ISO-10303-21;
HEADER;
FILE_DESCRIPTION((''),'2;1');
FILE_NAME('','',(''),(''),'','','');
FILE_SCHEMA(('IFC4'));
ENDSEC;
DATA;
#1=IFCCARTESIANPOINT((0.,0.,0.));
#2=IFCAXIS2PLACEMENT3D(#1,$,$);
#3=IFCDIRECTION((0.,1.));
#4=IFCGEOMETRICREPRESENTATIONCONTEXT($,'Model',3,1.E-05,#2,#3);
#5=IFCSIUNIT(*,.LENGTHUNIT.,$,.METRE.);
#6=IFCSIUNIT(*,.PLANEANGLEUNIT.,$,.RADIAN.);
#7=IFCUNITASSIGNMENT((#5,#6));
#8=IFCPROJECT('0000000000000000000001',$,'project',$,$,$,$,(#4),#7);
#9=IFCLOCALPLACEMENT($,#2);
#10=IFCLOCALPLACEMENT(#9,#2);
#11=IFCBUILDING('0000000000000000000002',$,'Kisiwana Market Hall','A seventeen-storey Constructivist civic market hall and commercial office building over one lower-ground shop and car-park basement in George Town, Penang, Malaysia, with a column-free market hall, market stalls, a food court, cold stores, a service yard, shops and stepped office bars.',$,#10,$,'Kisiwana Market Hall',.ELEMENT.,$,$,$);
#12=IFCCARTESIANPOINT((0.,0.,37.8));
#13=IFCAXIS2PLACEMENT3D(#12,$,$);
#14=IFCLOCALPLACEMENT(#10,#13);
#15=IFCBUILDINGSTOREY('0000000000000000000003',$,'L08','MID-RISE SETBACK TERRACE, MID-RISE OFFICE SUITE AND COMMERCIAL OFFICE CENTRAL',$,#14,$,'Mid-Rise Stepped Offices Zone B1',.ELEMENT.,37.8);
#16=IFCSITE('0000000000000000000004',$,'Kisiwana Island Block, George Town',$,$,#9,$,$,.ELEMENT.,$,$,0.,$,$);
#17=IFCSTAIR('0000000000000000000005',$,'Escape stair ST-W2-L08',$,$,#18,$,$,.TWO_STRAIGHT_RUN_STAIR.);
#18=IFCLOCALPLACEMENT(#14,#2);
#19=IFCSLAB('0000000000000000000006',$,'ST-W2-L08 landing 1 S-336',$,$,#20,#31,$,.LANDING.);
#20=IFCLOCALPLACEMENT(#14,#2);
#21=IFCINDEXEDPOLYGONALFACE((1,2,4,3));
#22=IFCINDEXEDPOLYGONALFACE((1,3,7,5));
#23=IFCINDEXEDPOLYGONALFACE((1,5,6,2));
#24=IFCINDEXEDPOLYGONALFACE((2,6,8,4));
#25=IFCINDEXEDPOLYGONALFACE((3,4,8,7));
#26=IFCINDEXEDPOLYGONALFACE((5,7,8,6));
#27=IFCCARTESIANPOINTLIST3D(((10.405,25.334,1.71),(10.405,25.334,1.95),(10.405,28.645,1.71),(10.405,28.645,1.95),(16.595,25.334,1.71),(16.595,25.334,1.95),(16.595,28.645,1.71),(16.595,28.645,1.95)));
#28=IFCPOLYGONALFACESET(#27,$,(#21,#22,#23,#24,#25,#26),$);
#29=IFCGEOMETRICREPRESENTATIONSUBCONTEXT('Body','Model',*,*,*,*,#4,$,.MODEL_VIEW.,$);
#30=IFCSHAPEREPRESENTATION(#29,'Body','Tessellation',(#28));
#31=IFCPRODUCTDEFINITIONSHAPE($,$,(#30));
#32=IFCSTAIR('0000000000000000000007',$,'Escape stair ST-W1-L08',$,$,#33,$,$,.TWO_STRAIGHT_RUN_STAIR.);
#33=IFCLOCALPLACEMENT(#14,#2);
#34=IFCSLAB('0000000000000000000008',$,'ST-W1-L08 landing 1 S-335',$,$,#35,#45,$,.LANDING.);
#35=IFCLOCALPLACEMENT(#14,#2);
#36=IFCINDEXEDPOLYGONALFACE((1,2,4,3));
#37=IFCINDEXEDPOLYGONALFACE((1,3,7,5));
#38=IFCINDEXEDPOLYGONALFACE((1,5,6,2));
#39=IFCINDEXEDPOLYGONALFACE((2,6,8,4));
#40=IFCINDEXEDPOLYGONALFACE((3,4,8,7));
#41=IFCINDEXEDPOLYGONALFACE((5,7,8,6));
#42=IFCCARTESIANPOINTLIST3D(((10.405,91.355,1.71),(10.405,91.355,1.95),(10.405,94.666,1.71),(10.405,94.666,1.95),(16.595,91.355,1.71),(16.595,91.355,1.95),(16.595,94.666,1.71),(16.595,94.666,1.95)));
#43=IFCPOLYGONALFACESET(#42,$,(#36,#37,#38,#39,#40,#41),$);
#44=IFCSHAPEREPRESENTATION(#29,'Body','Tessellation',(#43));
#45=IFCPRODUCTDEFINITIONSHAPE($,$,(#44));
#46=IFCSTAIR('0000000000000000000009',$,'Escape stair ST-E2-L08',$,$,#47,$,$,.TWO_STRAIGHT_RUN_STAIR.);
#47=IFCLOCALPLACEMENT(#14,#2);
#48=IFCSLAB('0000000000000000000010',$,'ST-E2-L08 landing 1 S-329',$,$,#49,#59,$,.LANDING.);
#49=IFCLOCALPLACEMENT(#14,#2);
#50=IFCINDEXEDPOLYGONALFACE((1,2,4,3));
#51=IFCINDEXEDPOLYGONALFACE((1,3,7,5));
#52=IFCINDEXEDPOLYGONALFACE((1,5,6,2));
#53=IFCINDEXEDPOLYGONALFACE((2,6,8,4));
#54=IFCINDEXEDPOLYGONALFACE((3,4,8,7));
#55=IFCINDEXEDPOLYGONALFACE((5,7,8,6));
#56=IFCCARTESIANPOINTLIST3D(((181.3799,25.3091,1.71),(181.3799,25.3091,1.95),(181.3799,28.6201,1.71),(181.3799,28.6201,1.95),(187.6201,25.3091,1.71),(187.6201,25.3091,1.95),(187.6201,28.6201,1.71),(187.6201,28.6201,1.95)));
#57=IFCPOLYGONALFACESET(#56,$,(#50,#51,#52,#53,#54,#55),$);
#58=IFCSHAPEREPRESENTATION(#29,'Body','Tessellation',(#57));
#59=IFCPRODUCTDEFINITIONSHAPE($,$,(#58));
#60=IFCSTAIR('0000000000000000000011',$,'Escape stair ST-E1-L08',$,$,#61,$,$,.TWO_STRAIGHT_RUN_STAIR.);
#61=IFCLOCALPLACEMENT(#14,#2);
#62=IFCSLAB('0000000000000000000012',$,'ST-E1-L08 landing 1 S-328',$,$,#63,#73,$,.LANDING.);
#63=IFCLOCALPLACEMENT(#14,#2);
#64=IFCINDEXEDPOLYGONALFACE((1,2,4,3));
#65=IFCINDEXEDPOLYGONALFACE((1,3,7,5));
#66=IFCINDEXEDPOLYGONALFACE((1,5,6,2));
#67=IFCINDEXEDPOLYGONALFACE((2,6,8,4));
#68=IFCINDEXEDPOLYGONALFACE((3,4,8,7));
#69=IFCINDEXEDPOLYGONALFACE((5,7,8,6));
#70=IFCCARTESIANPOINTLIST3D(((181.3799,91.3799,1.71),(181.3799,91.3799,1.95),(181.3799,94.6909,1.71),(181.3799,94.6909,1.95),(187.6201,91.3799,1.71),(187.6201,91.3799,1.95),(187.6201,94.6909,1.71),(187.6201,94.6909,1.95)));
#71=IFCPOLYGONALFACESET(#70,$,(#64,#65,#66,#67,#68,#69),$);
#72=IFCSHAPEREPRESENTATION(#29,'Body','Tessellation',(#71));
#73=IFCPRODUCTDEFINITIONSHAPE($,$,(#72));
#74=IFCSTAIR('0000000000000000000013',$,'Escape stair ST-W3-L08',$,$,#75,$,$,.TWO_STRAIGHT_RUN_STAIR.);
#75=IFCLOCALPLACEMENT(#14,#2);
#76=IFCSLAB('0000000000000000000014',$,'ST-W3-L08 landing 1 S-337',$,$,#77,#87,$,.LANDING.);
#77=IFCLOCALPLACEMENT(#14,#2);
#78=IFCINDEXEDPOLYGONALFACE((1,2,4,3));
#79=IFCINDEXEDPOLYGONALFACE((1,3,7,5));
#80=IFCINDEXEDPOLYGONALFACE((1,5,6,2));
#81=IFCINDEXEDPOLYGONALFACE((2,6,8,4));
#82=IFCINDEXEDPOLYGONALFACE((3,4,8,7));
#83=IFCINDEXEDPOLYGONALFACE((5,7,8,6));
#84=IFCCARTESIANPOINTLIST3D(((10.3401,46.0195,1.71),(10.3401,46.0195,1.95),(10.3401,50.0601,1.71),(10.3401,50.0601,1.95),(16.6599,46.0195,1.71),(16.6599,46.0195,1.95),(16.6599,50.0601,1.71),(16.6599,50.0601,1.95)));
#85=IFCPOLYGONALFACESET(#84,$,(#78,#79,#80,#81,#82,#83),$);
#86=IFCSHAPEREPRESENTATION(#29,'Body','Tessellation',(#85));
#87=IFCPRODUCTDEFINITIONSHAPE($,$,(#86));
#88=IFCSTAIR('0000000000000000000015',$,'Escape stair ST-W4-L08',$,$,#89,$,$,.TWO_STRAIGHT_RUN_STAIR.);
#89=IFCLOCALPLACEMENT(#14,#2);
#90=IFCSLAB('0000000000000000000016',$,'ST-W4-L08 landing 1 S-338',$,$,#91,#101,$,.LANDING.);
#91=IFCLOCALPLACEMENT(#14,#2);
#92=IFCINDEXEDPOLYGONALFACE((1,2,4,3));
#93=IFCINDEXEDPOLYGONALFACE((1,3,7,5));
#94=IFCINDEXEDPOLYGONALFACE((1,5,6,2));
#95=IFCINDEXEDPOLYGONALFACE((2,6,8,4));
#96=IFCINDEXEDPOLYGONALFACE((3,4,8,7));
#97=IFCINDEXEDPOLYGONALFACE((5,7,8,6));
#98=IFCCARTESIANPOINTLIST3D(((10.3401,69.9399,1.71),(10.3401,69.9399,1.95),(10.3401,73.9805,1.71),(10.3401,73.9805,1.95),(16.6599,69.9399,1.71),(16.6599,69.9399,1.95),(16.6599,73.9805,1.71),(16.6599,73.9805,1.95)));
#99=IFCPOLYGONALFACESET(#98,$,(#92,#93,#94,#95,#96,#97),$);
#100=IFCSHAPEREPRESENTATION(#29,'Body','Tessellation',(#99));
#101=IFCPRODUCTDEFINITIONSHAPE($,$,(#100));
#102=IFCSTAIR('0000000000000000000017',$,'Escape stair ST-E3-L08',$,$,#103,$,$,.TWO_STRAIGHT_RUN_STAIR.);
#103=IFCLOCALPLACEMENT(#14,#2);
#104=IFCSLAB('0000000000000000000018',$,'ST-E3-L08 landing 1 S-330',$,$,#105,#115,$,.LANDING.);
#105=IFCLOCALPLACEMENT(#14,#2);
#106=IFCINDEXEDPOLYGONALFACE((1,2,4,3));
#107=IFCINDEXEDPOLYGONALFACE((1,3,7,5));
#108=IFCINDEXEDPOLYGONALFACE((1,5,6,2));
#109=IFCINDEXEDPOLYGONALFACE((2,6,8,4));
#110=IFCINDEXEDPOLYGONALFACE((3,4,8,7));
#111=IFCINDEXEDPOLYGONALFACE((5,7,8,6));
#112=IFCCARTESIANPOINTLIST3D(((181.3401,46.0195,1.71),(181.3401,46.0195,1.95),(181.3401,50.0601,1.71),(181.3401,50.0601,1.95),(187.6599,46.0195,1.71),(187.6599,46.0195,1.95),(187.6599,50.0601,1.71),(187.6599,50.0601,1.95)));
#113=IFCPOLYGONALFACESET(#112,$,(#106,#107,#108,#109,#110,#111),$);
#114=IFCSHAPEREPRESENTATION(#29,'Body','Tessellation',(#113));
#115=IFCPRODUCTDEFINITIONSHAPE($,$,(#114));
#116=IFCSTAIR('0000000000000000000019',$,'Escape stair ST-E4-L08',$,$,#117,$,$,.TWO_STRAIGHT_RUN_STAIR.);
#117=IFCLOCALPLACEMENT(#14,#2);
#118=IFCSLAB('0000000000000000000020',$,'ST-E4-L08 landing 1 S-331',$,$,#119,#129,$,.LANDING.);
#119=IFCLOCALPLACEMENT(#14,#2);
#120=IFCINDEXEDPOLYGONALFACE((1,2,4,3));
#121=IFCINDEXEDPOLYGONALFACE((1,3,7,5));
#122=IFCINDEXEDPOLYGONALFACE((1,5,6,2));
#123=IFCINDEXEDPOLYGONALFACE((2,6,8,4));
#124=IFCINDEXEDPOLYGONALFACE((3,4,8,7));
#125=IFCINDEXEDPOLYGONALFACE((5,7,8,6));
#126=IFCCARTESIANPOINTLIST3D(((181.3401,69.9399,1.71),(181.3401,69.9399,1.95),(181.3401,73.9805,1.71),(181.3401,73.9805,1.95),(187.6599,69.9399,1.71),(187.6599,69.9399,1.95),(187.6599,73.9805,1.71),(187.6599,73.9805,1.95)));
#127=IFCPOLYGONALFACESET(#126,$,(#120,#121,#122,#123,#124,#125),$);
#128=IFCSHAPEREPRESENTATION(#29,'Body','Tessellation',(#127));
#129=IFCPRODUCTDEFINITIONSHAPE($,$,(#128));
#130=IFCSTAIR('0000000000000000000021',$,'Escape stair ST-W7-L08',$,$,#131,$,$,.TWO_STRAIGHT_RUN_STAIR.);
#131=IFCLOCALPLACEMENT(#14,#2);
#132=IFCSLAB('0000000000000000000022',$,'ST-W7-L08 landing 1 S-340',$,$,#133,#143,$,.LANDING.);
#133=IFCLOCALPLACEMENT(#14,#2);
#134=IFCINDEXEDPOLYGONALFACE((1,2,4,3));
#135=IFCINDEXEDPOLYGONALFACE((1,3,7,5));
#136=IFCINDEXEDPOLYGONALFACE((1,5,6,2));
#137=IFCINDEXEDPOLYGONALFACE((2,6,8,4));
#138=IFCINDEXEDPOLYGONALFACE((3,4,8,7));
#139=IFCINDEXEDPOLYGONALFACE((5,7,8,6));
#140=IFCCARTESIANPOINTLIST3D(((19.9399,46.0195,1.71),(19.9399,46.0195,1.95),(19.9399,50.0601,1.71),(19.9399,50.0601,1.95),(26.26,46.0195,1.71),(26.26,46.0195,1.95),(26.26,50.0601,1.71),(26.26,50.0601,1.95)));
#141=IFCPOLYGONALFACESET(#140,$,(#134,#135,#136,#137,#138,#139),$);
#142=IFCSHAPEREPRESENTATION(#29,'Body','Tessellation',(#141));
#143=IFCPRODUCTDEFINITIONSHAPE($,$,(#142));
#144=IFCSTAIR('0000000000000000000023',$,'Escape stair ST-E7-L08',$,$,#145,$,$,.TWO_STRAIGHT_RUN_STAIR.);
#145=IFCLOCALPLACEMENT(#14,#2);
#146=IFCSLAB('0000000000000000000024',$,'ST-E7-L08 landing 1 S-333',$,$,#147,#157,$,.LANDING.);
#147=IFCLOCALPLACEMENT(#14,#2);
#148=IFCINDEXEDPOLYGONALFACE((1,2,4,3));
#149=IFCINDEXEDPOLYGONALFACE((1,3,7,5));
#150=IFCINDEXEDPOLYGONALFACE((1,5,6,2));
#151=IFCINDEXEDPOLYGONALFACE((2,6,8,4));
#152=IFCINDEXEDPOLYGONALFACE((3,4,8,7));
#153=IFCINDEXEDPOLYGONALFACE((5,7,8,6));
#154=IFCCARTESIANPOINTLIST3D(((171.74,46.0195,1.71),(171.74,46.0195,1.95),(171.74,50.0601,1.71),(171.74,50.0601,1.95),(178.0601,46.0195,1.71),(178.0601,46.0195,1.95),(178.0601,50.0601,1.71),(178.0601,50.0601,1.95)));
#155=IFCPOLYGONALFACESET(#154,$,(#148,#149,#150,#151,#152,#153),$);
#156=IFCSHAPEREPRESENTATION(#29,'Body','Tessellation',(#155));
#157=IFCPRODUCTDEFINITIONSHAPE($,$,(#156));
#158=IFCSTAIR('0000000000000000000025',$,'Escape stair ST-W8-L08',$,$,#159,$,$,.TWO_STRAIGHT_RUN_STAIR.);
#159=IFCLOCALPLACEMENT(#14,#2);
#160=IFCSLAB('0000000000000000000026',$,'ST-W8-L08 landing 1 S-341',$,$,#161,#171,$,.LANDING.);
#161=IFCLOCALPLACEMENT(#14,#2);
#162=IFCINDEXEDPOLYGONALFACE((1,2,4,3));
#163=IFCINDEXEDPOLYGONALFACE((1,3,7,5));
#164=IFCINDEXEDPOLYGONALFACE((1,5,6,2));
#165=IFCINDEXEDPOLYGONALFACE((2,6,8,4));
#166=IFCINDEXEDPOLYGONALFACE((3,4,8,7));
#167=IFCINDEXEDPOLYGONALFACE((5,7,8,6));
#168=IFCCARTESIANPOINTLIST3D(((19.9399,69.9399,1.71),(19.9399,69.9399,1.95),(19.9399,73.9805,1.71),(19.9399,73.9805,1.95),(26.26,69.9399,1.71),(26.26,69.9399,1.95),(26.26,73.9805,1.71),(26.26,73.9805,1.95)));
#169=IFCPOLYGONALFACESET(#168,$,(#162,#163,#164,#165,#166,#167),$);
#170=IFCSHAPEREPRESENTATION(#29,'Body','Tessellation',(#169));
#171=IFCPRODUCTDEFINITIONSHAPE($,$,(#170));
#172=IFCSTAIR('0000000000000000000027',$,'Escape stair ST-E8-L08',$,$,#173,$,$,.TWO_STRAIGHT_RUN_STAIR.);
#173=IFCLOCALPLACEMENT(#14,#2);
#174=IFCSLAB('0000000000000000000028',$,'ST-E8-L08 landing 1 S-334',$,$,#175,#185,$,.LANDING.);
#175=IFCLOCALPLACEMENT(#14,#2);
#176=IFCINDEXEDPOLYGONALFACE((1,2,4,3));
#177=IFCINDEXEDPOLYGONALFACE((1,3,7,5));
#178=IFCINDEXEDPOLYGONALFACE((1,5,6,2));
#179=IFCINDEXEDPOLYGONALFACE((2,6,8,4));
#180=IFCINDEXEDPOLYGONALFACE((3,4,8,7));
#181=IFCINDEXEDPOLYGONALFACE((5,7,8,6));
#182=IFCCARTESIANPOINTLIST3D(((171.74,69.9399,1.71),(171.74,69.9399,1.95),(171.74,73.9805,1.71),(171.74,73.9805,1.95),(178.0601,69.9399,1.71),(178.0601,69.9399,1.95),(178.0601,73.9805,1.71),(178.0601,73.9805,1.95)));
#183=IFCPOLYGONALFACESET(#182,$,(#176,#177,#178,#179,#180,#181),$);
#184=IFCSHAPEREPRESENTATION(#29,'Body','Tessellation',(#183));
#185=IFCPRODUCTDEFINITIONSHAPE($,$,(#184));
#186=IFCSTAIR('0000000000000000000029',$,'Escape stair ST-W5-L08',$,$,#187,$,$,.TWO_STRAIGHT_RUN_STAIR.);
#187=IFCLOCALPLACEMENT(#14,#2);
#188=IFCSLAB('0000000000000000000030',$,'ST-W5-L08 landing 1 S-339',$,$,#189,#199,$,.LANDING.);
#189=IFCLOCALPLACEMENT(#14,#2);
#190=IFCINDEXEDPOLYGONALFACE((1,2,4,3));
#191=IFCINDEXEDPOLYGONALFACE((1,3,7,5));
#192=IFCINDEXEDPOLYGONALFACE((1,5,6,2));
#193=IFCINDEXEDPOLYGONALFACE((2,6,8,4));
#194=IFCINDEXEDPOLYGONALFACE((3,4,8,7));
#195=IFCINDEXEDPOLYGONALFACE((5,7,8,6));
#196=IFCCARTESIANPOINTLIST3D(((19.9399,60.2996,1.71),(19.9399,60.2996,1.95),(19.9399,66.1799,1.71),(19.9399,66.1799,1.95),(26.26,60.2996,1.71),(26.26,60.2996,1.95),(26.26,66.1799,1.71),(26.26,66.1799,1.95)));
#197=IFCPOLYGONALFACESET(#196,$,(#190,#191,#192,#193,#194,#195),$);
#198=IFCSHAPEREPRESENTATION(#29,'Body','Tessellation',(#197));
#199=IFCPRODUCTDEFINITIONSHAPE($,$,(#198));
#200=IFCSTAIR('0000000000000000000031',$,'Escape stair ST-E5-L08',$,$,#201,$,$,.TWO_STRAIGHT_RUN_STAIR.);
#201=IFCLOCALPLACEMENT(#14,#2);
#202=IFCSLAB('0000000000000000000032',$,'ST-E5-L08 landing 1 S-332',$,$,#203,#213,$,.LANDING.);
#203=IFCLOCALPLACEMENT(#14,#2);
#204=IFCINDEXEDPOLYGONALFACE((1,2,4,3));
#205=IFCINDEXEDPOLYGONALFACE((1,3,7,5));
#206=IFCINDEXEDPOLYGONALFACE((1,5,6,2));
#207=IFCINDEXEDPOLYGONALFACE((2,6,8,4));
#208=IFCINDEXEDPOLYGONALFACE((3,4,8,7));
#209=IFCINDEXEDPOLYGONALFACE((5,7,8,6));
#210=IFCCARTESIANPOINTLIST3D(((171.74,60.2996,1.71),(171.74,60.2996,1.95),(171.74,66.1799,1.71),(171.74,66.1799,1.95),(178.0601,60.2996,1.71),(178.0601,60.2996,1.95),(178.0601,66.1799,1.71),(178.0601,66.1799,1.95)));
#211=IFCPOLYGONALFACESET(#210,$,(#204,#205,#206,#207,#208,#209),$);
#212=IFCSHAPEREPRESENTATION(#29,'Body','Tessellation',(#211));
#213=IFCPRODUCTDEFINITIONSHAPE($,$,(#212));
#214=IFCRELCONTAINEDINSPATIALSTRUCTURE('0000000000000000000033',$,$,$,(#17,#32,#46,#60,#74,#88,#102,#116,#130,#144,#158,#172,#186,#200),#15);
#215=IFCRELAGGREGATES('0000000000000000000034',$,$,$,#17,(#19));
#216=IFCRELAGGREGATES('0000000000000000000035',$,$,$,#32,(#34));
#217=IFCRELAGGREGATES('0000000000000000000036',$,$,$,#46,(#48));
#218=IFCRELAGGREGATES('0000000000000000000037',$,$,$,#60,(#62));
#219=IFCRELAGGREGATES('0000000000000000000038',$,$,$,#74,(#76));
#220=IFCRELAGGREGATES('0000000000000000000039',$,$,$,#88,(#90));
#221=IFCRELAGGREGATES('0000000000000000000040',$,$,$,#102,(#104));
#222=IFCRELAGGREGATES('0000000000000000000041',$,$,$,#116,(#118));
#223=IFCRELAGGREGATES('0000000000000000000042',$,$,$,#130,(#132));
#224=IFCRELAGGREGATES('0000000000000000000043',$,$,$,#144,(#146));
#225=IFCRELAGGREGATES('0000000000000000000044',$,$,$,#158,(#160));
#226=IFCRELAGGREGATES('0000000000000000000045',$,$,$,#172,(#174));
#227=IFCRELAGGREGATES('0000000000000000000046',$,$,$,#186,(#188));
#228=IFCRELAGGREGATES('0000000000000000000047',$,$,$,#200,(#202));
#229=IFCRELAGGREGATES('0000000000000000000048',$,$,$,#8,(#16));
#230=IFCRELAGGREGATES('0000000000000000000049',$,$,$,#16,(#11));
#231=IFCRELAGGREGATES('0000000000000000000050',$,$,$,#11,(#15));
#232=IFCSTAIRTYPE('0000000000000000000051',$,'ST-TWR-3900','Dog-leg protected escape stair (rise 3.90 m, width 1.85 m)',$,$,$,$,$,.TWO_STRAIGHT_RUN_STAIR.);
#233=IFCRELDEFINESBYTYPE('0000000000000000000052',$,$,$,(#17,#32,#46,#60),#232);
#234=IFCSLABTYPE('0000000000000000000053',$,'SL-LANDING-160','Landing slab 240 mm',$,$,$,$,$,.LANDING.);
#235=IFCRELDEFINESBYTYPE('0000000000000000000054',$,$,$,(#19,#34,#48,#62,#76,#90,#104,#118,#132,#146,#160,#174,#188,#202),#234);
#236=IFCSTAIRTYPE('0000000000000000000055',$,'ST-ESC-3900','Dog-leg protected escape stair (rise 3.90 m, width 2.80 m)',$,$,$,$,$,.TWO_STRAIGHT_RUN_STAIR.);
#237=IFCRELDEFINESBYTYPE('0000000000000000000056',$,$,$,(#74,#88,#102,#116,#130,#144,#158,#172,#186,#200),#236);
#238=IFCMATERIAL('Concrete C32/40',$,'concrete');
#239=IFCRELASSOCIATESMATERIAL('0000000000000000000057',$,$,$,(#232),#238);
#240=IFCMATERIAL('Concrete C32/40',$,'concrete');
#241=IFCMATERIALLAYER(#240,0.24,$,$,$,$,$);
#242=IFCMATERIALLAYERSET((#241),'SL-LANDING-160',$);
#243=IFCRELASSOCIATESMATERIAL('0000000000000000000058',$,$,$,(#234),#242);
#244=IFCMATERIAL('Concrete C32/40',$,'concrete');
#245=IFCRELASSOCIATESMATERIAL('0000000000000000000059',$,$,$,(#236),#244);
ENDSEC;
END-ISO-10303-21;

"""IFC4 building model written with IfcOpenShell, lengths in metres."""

from ifc_helpers import new_model, si_unit, direction, frame, origin, place, context, subcontext, project, spatial, polyline, outline, extrude, material, layer, layer_set, type_object, element, aggregate, save


model = new_model("IFC4")

# Units and contexts
model_context = context("Model", 3, precision=1e-05, world=origin(), true_north=direction((0.0, 1.0)))
body_context = subcontext(model_context, "Body", "Model", "MODEL_VIEW")
ifc_project = project(units=[si_unit("LENGTHUNIT", "METRE"), si_unit("PLANEANGLEUNIT", "RADIAN")], contexts=[model_context])

# Site, building, storey
site_placement = place(None, origin())
site = spatial("IfcSite", under=ifc_project, at=site_placement, Name="Kisiwana Island Block, George Town", CompositionType="ELEMENT", RefElevation=0.0)
building_placement = place(site_placement, origin())
building = spatial("IfcBuilding", under=site, at=building_placement, Name="Kisiwana Market Hall", Description="A seventeen-storey Constructivist civic market hall and commercial office building over one lower-ground shop and car-park basement in George Town, Penang, Malaysia, with a column-free market hall, market stalls, a food court, cold stores, a service yard, shops and stepped office bars.", LongName="Kisiwana Market Hall", CompositionType="ELEMENT")
storey_placement = place(building_placement, frame((0.0, 0.0, 37.8)))
storey = spatial("IfcBuildingStorey", under=building, at=storey_placement, Name="L08", Description="MID-RISE SETBACK TERRACE, MID-RISE OFFICE SUITE AND COMMERCIAL OFFICE CENTRAL", LongName="Mid-Rise Stepped Offices Zone B1", CompositionType="ELEMENT", Elevation=37.8)

# Stairs, slabs
ifc_material_1 = material(Name="Concrete C32/40", Category="concrete")
stair_type_1 = type_object("IfcStairType", Name="ST-TWR-3900", Description="Dog-leg protected escape stair (rise 3.90 m, width 1.85 m)", PredefinedType="TWO_STRAIGHT_RUN_STAIR", material=ifc_material_1)
stair_1_placement = place(storey_placement, origin())
stair_1 = element("IfcStair", 1, at=stair_1_placement, inside=storey, type_object=stair_type_1, Name="Escape stair ST-W2-L08", PredefinedType="TWO_STRAIGHT_RUN_STAIR")
ifc_material_2 = material(Name="Concrete C32/40", Category="concrete")
ifc_layer_1 = layer(ifc_material_2, 0.24)
ifc_layer_set_1 = layer_set([ifc_layer_1], Name="SL-LANDING-160")
slab_type_1 = type_object("IfcSlabType", Name="SL-LANDING-160", Description="Landing slab 240 mm", PredefinedType="LANDING", material=ifc_layer_set_1)
slab_1_placement = place(storey_placement, frame((0.0, 0.0, 1.71)))
slab_1 = element("IfcSlab", 2, at=slab_1_placement, type_object=slab_type_1, Name="ST-W2-L08 landing 1 S-336", PredefinedType="LANDING", context=body_context, shape_type="SweptSolid", body=[
    extrude(outline(polyline([(10.405, 25.334), (16.595, 25.334), (16.595, 28.645), (10.405, 28.645), (10.405, 25.334)])), origin(), (0.0, 0.0, 1.0), 0.24),
])
aggregate(stair_1, [slab_1])
stair_2_placement = place(storey_placement, origin())
stair_2 = element("IfcStair", 3, at=stair_2_placement, inside=storey, type_object=stair_type_1, Name="Escape stair ST-W1-L08", PredefinedType="TWO_STRAIGHT_RUN_STAIR")
slab_2_placement = place(storey_placement, frame((0.0, 0.0, 1.71)))
slab_2 = element("IfcSlab", 4, at=slab_2_placement, type_object=slab_type_1, Name="ST-W1-L08 landing 1 S-335", PredefinedType="LANDING", context=body_context, shape_type="SweptSolid", body=[
    extrude(outline(polyline([(10.405, 91.355), (16.595, 91.355), (16.595, 94.666), (10.405, 94.666), (10.405, 91.355)])), origin(), (0.0, 0.0, 1.0), 0.24),
])
aggregate(stair_2, [slab_2])
stair_3_placement = place(storey_placement, origin())
stair_3 = element("IfcStair", 5, at=stair_3_placement, inside=storey, type_object=stair_type_1, Name="Escape stair ST-E2-L08", PredefinedType="TWO_STRAIGHT_RUN_STAIR")
slab_3_placement = place(storey_placement, frame((0.0, 0.0, 1.71)))
slab_3 = element("IfcSlab", 6, at=slab_3_placement, type_object=slab_type_1, Name="ST-E2-L08 landing 1 S-329", PredefinedType="LANDING", context=body_context, shape_type="SweptSolid", body=[
    extrude(outline(polyline([(181.3799, 25.3091), (187.6201, 25.3091), (187.6201, 28.6201), (181.3799, 28.6201), (181.3799, 25.3091)])), origin(), (0.0, 0.0, 1.0), 0.24),
])
aggregate(stair_3, [slab_3])
stair_4_placement = place(storey_placement, origin())
stair_4 = element("IfcStair", 7, at=stair_4_placement, inside=storey, type_object=stair_type_1, Name="Escape stair ST-E1-L08", PredefinedType="TWO_STRAIGHT_RUN_STAIR")
slab_4_placement = place(storey_placement, frame((0.0, 0.0, 1.71)))
slab_4 = element("IfcSlab", 8, at=slab_4_placement, type_object=slab_type_1, Name="ST-E1-L08 landing 1 S-328", PredefinedType="LANDING", context=body_context, shape_type="SweptSolid", body=[
    extrude(outline(polyline([(181.3799, 91.3799), (187.6201, 91.3799), (187.6201, 94.6909), (181.3799, 94.6909), (181.3799, 91.3799)])), origin(), (0.0, 0.0, 1.0), 0.24),
])
aggregate(stair_4, [slab_4])
ifc_material_3 = material(Name="Concrete C32/40", Category="concrete")
stair_type_2 = type_object("IfcStairType", Name="ST-ESC-3900", Description="Dog-leg protected escape stair (rise 3.90 m, width 2.80 m)", PredefinedType="TWO_STRAIGHT_RUN_STAIR", material=ifc_material_3)
stair_5_placement = place(storey_placement, origin())
stair_5 = element("IfcStair", 9, at=stair_5_placement, inside=storey, type_object=stair_type_2, Name="Escape stair ST-W3-L08", PredefinedType="TWO_STRAIGHT_RUN_STAIR")
slab_5_placement = place(storey_placement, frame((0.0, 0.0, 1.71)))
slab_5 = element("IfcSlab", 10, at=slab_5_placement, type_object=slab_type_1, Name="ST-W3-L08 landing 1 S-337", PredefinedType="LANDING", context=body_context, shape_type="SweptSolid", body=[
    extrude(outline(polyline([(10.3401, 46.0195), (16.6599, 46.0195), (16.6599, 50.0601), (10.3401, 50.0601), (10.3401, 46.0195)])), origin(), (0.0, 0.0, 1.0), 0.24),
])
aggregate(stair_5, [slab_5])
stair_6_placement = place(storey_placement, origin())
stair_6 = element("IfcStair", 11, at=stair_6_placement, inside=storey, type_object=stair_type_2, Name="Escape stair ST-W4-L08", PredefinedType="TWO_STRAIGHT_RUN_STAIR")
slab_6_placement = place(storey_placement, frame((0.0, 0.0, 1.71)))
slab_6 = element("IfcSlab", 12, at=slab_6_placement, type_object=slab_type_1, Name="ST-W4-L08 landing 1 S-338", PredefinedType="LANDING", context=body_context, shape_type="SweptSolid", body=[
    extrude(outline(polyline([(10.3401, 69.9399), (16.6599, 69.9399), (16.6599, 73.9805), (10.3401, 73.9805), (10.3401, 69.9399)])), origin(), (0.0, 0.0, 1.0), 0.24),
])
aggregate(stair_6, [slab_6])
stair_7_placement = place(storey_placement, origin())
stair_7 = element("IfcStair", 13, at=stair_7_placement, inside=storey, type_object=stair_type_2, Name="Escape stair ST-E3-L08", PredefinedType="TWO_STRAIGHT_RUN_STAIR")
slab_7_placement = place(storey_placement, frame((0.0, 0.0, 1.71)))
slab_7 = element("IfcSlab", 14, at=slab_7_placement, type_object=slab_type_1, Name="ST-E3-L08 landing 1 S-330", PredefinedType="LANDING", context=body_context, shape_type="SweptSolid", body=[
    extrude(outline(polyline([(181.3401, 46.0195), (187.6599, 46.0195), (187.6599, 50.0601), (181.3401, 50.0601), (181.3401, 46.0195)])), origin(), (0.0, 0.0, 1.0), 0.24),
])
aggregate(stair_7, [slab_7])
stair_8_placement = place(storey_placement, origin())
stair_8 = element("IfcStair", 15, at=stair_8_placement, inside=storey, type_object=stair_type_2, Name="Escape stair ST-E4-L08", PredefinedType="TWO_STRAIGHT_RUN_STAIR")
slab_8_placement = place(storey_placement, frame((0.0, 0.0, 1.71)))
slab_8 = element("IfcSlab", 16, at=slab_8_placement, type_object=slab_type_1, Name="ST-E4-L08 landing 1 S-331", PredefinedType="LANDING", context=body_context, shape_type="SweptSolid", body=[
    extrude(outline(polyline([(181.3401, 69.9399), (187.6599, 69.9399), (187.6599, 73.9805), (181.3401, 73.9805), (181.3401, 69.9399)])), origin(), (0.0, 0.0, 1.0), 0.24),
])
aggregate(stair_8, [slab_8])
stair_9_placement = place(storey_placement, origin())
stair_9 = element("IfcStair", 17, at=stair_9_placement, inside=storey, type_object=stair_type_2, Name="Escape stair ST-W7-L08", PredefinedType="TWO_STRAIGHT_RUN_STAIR")
slab_9_placement = place(storey_placement, frame((0.0, 0.0, 1.71)))
slab_9 = element("IfcSlab", 18, at=slab_9_placement, type_object=slab_type_1, Name="ST-W7-L08 landing 1 S-340", PredefinedType="LANDING", context=body_context, shape_type="SweptSolid", body=[
    extrude(outline(polyline([(19.9399, 46.0195), (26.26, 46.0195), (26.26, 50.0601), (19.9399, 50.0601), (19.9399, 46.0195)])), origin(), (0.0, 0.0, 1.0), 0.24),
])
aggregate(stair_9, [slab_9])
stair_10_placement = place(storey_placement, origin())
stair_10 = element("IfcStair", 19, at=stair_10_placement, inside=storey, type_object=stair_type_2, Name="Escape stair ST-E7-L08", PredefinedType="TWO_STRAIGHT_RUN_STAIR")
slab_10_placement = place(storey_placement, frame((0.0, 0.0, 1.71)))
slab_10 = element("IfcSlab", 20, at=slab_10_placement, type_object=slab_type_1, Name="ST-E7-L08 landing 1 S-333", PredefinedType="LANDING", context=body_context, shape_type="SweptSolid", body=[
    extrude(outline(polyline([(171.74, 46.0195), (178.0601, 46.0195), (178.0601, 50.0601), (171.74, 50.0601), (171.74, 46.0195)])), origin(), (0.0, 0.0, 1.0), 0.24),
])
aggregate(stair_10, [slab_10])
stair_11_placement = place(storey_placement, origin())
stair_11 = element("IfcStair", 21, at=stair_11_placement, inside=storey, type_object=stair_type_2, Name="Escape stair ST-W8-L08", PredefinedType="TWO_STRAIGHT_RUN_STAIR")
slab_11_placement = place(storey_placement, frame((0.0, 0.0, 1.71)))
slab_11 = element("IfcSlab", 22, at=slab_11_placement, type_object=slab_type_1, Name="ST-W8-L08 landing 1 S-341", PredefinedType="LANDING", context=body_context, shape_type="SweptSolid", body=[
    extrude(outline(polyline([(19.9399, 69.9399), (26.26, 69.9399), (26.26, 73.9805), (19.9399, 73.9805), (19.9399, 69.9399)])), origin(), (0.0, 0.0, 1.0), 0.24),
])
aggregate(stair_11, [slab_11])
stair_12_placement = place(storey_placement, origin())
stair_12 = element("IfcStair", 23, at=stair_12_placement, inside=storey, type_object=stair_type_2, Name="Escape stair ST-E8-L08", PredefinedType="TWO_STRAIGHT_RUN_STAIR")
slab_12_placement = place(storey_placement, frame((0.0, 0.0, 1.71)))
slab_12 = element("IfcSlab", 24, at=slab_12_placement, type_object=slab_type_1, Name="ST-E8-L08 landing 1 S-334", PredefinedType="LANDING", context=body_context, shape_type="SweptSolid", body=[
    extrude(outline(polyline([(171.74, 69.9399), (178.0601, 69.9399), (178.0601, 73.9805), (171.74, 73.9805), (171.74, 69.9399)])), origin(), (0.0, 0.0, 1.0), 0.24),
])
aggregate(stair_12, [slab_12])
stair_13_placement = place(storey_placement, origin())
stair_13 = element("IfcStair", 25, at=stair_13_placement, inside=storey, type_object=stair_type_2, Name="Escape stair ST-W5-L08", PredefinedType="TWO_STRAIGHT_RUN_STAIR")
slab_13_placement = place(storey_placement, frame((0.0, 0.0, 1.71)))
slab_13 = element("IfcSlab", 26, at=slab_13_placement, type_object=slab_type_1, Name="ST-W5-L08 landing 1 S-339", PredefinedType="LANDING", context=body_context, shape_type="SweptSolid", body=[
    extrude(outline(polyline([(19.9399, 60.2996), (26.26, 60.2996), (26.26, 66.1799), (19.9399, 66.1799), (19.9399, 60.2996)])), origin(), (0.0, 0.0, 1.0), 0.24),
])
aggregate(stair_13, [slab_13])
stair_14_placement = place(storey_placement, origin())
stair_14 = element("IfcStair", 27, at=stair_14_placement, inside=storey, type_object=stair_type_2, Name="Escape stair ST-E5-L08", PredefinedType="TWO_STRAIGHT_RUN_STAIR")
slab_14_placement = place(storey_placement, frame((0.0, 0.0, 1.71)))
slab_14 = element("IfcSlab", 28, at=slab_14_placement, type_object=slab_type_1, Name="ST-E5-L08 landing 1 S-332", PredefinedType="LANDING", context=body_context, shape_type="SweptSolid", body=[
    extrude(outline(polyline([(171.74, 60.2996), (178.0601, 60.2996), (178.0601, 66.1799), (171.74, 66.1799), (171.74, 60.2996)])), origin(), (0.0, 0.0, 1.0), 0.24),
])
aggregate(stair_14, [slab_14])

save(model, "model.ifc")
